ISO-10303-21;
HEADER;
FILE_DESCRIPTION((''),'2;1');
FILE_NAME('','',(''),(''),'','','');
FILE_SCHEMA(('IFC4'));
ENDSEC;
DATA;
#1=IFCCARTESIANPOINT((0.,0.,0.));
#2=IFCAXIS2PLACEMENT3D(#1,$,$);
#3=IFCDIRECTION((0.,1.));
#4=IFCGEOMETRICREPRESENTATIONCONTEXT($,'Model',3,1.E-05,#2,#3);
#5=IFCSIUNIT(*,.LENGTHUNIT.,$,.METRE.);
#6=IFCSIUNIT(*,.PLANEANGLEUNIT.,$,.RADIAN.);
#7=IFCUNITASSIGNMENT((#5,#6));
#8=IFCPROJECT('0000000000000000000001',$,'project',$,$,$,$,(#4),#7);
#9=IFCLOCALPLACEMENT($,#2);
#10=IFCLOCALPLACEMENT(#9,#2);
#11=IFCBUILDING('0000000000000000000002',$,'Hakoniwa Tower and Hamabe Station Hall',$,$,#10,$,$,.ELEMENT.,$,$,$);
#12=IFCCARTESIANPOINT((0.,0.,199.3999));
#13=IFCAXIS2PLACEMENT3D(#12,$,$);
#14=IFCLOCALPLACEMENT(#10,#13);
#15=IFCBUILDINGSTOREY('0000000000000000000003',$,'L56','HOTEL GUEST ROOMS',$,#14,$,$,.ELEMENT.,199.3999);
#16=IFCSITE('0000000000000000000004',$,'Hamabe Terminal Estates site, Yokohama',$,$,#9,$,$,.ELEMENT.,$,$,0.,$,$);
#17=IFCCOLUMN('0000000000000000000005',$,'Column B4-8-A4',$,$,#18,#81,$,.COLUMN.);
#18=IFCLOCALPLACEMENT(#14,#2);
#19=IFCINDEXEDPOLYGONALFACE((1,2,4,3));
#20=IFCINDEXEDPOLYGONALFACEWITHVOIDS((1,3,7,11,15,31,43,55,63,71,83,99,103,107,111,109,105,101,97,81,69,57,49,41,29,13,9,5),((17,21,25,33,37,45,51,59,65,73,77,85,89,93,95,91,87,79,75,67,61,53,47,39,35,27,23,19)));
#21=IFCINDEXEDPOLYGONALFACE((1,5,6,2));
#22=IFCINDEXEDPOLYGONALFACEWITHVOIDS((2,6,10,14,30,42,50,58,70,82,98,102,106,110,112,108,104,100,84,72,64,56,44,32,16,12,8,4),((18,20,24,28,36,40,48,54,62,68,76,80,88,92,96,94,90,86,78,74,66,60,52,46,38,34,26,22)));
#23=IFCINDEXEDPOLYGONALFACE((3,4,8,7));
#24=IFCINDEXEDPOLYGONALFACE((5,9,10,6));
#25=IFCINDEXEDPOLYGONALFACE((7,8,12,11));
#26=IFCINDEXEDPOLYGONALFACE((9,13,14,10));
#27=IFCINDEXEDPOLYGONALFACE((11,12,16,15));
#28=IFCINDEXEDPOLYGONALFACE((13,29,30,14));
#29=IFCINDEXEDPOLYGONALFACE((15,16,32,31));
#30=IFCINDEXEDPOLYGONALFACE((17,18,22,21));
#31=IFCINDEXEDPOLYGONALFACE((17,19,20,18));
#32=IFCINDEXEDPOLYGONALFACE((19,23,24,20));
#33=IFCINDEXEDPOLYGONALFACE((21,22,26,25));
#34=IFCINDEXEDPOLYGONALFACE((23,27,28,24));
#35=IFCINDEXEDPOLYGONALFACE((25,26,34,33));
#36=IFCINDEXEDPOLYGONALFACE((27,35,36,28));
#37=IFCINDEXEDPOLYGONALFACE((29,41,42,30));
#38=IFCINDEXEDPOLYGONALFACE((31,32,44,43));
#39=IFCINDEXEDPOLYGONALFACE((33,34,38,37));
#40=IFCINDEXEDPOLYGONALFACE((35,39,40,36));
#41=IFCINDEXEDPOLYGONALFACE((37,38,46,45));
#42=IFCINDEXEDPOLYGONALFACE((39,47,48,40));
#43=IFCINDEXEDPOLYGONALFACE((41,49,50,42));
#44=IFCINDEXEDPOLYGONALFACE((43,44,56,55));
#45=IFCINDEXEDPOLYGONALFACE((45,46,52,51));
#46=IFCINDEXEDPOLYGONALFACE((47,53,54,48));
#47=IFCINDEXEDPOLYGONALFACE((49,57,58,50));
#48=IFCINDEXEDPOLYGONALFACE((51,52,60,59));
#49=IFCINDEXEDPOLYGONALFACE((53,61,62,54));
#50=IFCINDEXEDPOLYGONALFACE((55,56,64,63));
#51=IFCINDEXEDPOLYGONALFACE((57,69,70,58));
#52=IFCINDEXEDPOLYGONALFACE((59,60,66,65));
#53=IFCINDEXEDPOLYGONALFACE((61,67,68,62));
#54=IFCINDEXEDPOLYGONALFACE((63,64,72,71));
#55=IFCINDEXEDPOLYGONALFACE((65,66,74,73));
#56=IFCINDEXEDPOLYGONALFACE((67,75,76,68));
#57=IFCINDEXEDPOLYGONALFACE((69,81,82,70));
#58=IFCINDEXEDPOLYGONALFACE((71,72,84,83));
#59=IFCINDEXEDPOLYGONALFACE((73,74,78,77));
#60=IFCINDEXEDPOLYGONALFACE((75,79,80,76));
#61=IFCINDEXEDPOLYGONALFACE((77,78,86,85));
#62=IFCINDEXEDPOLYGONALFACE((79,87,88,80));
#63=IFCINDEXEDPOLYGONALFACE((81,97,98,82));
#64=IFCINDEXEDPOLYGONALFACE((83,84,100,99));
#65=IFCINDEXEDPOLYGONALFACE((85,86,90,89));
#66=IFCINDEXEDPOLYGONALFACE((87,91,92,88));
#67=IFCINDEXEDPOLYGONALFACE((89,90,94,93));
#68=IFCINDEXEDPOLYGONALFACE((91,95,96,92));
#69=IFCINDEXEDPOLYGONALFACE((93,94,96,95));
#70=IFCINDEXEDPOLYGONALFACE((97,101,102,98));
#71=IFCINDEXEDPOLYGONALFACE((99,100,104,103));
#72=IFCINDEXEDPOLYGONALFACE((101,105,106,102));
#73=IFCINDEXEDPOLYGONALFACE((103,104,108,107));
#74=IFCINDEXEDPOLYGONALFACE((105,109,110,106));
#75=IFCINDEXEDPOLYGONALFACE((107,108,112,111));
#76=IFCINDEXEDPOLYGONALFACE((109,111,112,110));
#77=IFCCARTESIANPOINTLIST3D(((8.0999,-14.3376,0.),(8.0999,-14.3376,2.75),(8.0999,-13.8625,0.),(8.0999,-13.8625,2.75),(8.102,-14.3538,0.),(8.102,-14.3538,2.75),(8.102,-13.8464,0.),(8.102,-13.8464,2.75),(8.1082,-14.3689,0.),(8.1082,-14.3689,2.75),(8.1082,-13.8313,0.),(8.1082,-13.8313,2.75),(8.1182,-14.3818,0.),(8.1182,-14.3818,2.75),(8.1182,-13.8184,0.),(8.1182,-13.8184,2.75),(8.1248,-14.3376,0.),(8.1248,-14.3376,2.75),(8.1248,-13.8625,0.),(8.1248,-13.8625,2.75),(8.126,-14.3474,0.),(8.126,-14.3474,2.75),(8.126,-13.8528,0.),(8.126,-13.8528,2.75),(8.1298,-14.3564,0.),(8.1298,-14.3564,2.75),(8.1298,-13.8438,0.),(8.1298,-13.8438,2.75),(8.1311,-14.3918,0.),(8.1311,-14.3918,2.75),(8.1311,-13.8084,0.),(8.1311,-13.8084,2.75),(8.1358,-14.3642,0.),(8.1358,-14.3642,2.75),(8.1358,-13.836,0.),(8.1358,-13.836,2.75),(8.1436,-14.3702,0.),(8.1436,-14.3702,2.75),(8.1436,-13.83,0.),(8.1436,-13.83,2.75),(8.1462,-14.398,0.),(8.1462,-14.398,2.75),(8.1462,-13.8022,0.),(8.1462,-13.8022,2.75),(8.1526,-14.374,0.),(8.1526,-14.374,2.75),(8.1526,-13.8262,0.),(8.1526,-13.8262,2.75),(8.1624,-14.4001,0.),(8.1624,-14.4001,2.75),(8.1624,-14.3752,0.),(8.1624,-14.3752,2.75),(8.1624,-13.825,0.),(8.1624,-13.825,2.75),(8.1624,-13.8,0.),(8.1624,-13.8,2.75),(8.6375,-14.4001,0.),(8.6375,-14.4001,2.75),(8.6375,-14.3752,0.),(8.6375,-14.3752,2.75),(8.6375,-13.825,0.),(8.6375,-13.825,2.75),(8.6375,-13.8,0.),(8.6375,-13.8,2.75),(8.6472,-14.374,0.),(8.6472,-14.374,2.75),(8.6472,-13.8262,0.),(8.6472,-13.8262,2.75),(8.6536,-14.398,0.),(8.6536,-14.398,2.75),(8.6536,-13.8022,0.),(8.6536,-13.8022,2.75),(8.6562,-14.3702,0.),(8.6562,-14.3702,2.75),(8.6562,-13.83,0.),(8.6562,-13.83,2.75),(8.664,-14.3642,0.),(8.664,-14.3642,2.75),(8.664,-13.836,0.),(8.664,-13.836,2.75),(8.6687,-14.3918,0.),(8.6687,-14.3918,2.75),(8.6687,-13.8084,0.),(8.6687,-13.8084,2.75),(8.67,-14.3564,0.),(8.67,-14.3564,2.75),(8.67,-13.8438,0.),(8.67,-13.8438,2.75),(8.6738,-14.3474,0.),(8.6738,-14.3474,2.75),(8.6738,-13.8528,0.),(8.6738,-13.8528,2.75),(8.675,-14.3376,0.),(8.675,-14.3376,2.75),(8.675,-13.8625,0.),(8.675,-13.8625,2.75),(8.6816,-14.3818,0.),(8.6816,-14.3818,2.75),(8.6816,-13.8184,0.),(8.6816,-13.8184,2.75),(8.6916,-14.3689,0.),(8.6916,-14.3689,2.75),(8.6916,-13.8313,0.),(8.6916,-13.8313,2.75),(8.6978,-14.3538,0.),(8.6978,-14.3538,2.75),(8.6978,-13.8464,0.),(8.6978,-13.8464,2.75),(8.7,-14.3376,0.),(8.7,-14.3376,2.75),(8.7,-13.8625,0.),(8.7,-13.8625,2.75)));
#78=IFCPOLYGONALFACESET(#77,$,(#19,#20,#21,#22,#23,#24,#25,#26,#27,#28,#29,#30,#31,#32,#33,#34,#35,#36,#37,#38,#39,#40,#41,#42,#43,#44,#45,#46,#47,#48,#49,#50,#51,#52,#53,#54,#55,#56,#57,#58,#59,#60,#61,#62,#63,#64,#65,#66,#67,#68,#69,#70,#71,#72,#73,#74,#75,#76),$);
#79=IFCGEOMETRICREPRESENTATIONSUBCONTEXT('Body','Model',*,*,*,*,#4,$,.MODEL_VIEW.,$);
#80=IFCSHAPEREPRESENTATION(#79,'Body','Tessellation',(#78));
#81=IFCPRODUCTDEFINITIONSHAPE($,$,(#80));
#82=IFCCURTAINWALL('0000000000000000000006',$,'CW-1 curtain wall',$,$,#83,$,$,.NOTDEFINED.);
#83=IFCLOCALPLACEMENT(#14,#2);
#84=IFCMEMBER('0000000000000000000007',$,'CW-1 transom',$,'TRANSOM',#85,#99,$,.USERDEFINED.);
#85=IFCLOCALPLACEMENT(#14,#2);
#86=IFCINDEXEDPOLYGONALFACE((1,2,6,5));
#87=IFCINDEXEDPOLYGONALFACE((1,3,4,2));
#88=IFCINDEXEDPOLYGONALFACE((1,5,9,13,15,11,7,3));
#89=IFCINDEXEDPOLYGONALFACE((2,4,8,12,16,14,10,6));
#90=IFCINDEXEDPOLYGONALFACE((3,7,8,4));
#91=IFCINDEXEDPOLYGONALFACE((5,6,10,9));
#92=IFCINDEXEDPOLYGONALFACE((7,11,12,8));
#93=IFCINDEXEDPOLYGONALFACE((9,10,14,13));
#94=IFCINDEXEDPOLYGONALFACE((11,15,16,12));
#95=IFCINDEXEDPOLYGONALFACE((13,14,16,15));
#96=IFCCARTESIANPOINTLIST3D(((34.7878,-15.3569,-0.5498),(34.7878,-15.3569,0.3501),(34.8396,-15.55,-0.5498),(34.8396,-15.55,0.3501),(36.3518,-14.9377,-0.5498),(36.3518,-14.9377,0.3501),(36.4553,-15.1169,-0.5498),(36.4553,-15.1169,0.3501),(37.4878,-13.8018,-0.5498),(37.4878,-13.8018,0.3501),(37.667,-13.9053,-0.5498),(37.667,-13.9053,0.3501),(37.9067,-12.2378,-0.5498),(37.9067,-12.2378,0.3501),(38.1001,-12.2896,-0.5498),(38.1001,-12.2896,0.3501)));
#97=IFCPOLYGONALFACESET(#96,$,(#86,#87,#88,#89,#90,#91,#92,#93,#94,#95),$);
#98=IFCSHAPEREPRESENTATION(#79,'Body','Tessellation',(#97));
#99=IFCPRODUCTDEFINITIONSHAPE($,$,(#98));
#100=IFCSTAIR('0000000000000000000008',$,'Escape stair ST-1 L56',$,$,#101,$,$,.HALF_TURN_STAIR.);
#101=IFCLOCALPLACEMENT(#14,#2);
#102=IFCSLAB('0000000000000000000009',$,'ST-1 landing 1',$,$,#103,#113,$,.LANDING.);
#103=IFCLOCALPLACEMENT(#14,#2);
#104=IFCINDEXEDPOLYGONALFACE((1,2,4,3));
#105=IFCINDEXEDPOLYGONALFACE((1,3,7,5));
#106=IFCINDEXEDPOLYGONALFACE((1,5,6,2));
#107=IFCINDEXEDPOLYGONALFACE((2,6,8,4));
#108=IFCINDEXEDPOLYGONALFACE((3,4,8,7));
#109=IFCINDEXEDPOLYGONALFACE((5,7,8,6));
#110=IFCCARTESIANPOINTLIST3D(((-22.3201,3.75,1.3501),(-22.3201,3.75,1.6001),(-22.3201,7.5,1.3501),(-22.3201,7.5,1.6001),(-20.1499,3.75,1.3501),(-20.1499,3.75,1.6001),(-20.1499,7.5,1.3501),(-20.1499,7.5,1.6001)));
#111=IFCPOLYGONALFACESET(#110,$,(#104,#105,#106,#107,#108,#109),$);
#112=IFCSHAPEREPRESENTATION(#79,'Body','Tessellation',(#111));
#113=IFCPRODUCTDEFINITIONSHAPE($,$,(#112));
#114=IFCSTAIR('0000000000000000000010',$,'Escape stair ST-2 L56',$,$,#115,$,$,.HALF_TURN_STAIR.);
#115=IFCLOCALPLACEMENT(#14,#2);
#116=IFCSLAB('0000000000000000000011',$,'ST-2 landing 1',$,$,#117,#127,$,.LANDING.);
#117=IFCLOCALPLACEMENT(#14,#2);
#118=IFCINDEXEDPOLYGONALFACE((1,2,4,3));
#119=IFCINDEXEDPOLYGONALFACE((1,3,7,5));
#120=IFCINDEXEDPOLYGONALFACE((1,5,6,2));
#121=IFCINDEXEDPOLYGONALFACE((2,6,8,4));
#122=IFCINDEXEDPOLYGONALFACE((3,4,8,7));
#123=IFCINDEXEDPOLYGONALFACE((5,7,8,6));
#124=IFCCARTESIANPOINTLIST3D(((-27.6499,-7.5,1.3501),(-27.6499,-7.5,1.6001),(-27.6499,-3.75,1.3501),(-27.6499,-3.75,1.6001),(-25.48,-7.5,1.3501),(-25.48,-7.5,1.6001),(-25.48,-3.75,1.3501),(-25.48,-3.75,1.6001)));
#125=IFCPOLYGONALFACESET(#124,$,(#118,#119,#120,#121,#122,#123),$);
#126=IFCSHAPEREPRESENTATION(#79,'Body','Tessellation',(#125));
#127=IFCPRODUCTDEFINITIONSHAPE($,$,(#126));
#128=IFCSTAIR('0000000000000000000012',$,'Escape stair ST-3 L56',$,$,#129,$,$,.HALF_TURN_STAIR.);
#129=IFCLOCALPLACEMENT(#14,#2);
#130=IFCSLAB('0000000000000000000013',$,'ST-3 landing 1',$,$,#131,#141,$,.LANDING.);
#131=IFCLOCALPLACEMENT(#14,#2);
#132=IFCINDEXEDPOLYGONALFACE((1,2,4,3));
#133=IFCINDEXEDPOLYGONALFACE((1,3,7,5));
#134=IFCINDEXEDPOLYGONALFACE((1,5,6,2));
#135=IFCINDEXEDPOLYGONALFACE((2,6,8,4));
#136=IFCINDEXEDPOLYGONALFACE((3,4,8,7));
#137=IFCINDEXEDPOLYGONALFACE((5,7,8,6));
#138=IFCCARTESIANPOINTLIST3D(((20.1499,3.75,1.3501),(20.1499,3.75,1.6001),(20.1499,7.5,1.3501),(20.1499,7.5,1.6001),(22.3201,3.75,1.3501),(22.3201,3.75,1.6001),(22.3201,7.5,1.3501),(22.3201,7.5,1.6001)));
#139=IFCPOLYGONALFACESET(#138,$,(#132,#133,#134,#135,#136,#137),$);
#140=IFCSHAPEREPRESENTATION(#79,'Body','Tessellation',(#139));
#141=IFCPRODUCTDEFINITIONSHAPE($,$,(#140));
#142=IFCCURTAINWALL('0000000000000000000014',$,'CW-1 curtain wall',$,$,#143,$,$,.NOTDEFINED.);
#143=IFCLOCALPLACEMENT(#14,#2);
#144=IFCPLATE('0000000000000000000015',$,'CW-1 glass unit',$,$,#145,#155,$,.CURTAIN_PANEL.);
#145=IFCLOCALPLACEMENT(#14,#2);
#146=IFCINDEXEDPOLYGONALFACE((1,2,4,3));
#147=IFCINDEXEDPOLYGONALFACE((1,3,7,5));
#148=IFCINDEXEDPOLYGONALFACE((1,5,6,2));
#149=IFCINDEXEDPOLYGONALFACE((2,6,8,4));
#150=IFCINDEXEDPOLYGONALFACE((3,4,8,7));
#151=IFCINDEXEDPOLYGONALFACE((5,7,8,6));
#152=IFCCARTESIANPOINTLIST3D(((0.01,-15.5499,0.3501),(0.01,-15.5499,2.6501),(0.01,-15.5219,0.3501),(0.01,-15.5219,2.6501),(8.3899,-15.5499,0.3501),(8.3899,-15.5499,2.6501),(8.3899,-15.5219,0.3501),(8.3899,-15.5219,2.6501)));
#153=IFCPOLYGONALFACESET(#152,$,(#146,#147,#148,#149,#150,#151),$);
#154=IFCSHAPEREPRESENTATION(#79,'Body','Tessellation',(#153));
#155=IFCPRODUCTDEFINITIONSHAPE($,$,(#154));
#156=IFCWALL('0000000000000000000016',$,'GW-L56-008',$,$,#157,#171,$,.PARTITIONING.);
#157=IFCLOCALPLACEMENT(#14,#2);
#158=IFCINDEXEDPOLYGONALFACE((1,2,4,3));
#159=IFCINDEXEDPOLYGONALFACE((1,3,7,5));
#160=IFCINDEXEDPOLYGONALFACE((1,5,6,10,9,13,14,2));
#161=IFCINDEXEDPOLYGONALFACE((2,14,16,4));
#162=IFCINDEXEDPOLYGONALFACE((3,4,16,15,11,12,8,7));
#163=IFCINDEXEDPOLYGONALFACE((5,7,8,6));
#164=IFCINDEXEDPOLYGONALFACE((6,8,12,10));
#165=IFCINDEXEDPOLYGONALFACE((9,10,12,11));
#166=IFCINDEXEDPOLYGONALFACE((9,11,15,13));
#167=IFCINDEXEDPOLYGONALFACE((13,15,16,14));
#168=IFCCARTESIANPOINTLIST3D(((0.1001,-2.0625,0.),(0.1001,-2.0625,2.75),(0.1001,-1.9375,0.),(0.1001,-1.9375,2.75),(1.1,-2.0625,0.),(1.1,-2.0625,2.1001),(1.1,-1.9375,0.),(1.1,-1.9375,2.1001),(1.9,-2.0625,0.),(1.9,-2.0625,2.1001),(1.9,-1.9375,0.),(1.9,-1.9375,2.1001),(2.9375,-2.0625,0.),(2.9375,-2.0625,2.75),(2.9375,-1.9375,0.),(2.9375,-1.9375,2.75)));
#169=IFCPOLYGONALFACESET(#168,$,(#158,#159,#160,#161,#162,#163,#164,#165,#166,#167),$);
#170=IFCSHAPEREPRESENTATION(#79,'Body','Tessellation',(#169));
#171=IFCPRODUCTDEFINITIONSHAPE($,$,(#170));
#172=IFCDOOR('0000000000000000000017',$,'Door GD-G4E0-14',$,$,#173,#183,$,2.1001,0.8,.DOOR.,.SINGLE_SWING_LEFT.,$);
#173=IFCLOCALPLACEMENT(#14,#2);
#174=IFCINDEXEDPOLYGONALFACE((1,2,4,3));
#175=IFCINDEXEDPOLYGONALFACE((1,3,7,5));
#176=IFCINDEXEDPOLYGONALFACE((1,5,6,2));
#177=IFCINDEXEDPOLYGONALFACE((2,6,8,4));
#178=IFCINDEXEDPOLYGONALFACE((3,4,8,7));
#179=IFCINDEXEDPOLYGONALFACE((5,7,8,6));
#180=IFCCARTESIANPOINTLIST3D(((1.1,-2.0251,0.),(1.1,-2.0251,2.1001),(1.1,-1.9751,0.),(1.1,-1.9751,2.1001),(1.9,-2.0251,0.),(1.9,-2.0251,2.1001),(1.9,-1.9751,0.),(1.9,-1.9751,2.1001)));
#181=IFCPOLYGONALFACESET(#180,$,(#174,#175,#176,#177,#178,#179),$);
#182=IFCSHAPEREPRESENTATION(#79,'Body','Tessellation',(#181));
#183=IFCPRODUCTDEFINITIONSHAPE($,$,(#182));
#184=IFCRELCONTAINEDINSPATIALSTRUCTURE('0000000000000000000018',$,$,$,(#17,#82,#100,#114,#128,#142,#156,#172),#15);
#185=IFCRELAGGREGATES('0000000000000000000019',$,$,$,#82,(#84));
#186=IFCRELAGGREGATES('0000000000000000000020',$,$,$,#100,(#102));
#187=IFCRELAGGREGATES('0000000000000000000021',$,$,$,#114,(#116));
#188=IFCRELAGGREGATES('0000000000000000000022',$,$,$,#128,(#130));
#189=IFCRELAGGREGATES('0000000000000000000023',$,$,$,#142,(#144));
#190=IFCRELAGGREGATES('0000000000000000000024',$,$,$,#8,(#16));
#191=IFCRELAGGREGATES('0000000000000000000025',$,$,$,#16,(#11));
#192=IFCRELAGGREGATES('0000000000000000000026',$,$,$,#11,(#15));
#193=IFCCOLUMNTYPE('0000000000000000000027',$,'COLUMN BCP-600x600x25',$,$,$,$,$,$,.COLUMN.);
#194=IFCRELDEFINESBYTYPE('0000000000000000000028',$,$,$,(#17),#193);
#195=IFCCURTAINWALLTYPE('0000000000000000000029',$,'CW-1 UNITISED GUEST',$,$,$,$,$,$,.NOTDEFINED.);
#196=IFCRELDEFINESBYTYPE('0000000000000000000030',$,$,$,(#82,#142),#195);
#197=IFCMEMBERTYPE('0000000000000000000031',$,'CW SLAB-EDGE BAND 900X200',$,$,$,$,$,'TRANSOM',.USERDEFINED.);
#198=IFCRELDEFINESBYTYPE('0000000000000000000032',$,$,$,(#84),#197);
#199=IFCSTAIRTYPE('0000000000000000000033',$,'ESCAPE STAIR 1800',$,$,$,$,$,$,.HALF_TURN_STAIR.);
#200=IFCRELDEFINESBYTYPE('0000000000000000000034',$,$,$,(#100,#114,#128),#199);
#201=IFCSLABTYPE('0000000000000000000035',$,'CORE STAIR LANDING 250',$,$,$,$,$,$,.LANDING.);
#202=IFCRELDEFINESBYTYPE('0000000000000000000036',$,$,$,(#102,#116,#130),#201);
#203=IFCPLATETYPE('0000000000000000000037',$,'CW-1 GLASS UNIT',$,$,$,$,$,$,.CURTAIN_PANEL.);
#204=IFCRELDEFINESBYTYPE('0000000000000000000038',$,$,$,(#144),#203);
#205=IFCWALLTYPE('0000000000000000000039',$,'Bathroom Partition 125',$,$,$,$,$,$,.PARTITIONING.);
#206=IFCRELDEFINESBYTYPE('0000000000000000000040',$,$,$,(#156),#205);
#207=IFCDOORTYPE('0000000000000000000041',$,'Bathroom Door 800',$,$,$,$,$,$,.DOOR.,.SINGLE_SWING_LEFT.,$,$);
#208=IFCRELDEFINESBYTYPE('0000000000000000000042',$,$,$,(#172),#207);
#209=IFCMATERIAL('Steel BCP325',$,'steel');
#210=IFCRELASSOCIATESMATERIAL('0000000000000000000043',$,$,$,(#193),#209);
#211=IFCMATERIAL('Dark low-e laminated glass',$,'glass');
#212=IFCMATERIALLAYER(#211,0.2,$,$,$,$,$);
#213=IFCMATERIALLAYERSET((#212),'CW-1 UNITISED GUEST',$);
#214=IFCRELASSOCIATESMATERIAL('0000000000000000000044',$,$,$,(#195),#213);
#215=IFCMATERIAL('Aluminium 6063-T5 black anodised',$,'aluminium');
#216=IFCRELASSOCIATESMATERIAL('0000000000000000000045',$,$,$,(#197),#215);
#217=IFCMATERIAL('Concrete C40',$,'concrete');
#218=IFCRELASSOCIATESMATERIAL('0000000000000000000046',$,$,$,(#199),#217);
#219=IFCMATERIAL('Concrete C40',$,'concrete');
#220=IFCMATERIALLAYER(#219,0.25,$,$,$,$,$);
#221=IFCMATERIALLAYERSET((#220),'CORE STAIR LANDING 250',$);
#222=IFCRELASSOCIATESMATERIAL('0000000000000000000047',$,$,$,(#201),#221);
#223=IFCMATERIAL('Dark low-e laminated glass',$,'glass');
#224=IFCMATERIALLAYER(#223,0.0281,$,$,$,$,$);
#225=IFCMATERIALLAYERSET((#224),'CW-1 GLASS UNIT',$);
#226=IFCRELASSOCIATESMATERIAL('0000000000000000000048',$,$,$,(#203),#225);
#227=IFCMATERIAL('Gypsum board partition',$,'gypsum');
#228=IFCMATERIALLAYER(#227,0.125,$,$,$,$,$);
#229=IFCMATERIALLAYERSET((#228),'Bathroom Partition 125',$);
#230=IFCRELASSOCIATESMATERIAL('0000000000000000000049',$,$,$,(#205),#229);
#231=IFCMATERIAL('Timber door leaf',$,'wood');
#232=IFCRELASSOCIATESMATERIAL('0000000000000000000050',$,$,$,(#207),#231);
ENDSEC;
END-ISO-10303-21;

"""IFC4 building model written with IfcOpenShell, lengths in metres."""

from ifc_helpers import new_model, si_unit, direction, frame, frame_2d, origin, origin_2d, place, context, subcontext, project, spatial, polyline, rectangle, hollow_rectangle, outline, extrude, material, layer, layer_set, material_profile, profile_set, type_object, element, fill, aggregate, save


model = new_model("IFC4")

# Units and contexts
model_context = context("Model", 3, precision=1e-05, world=origin(), true_north=direction((0.0, 1.0)))
body_context = subcontext(model_context, "Body", "Model", "MODEL_VIEW")
ifc_project = project(units=[si_unit("LENGTHUNIT", "METRE"), si_unit("PLANEANGLEUNIT", "RADIAN")], contexts=[model_context])

# Site, building, storey
site_placement = place(None, origin())
site = spatial("IfcSite", under=ifc_project, at=site_placement, Name="Hamabe Terminal Estates site, Yokohama", CompositionType="ELEMENT", RefElevation=0.0)
building_placement = place(site_placement, origin())
building = spatial("IfcBuilding", under=site, at=building_placement, Name="Hakoniwa Tower and Hamabe Station Hall", CompositionType="ELEMENT")
storey_placement = place(building_placement, frame((0.0, 0.0, 199.3999)))
storey = spatial("IfcBuildingStorey", under=building, at=storey_placement, Name="L56", Description="HOTEL GUEST ROOMS", CompositionType="ELEMENT", Elevation=199.3999)

# Column
ifc_material_1 = material(Name="Steel BCP325", Category="steel")
ifc_material_profile_1 = material_profile(ifc_material_1, hollow_rectangle(XDim=0.6001, YDim=0.6001, WallThickness=0.0249, InnerFilletRadius=0.0376, OuterFilletRadius=0.0625, at=origin_2d()), Name="BCP-600x600x25")
ifc_profile_set_1 = profile_set([ifc_material_profile_1], Name="Steel BCP325")
column_type = type_object("IfcColumnType", Name="COLUMN BCP-600x600x25", PredefinedType="COLUMN", material=ifc_profile_set_1)
column_placement = place(storey_placement, frame((8.3999, -14.1001, 0.0), z_axis=(0.0, 0.0, 1.0), x_axis=(1.0, 0.0, 0.0)))
element("IfcColumn", 1, at=column_placement, inside=storey, type_object=column_type, Name="Column B4-8-A4", PredefinedType="COLUMN", context=body_context, shape_type="SweptSolid", body=[
    extrude(hollow_rectangle(XDim=0.6001, YDim=0.6001, WallThickness=0.0249, InnerFilletRadius=0.0376, OuterFilletRadius=0.0625, at=origin_2d()), origin(), (0.0, 0.0, 1.0), 2.75),
])

# Curtain wall, member
ifc_material_2 = material(Name="Dark low-e laminated glass", Category="glass")
ifc_layer_1 = layer(ifc_material_2, 0.2)
ifc_layer_set_1 = layer_set([ifc_layer_1], Name="CW-1 UNITISED GUEST")
curtain_wall_type = type_object("IfcCurtainWallType", Name="CW-1 UNITISED GUEST", PredefinedType="NOTDEFINED", material=ifc_layer_set_1)
curtain_wall_1_placement = place(storey_placement, origin())
curtain_wall_1 = element("IfcCurtainWall", 2, at=curtain_wall_1_placement, inside=storey, type_object=curtain_wall_type, Name="CW-1 curtain wall", PredefinedType="NOTDEFINED")
ifc_material_3 = material(Name="Aluminium 6063-T5 black anodised", Category="aluminium")
ifc_material_profile_2 = material_profile(ifc_material_3, rectangle(XDim=0.2, YDim=0.8999, at=origin_2d()), Name="CW SLAB-EDGE BAND 900X200")
ifc_profile_set_2 = profile_set([ifc_material_profile_2], Name="Aluminium 6063-T5 black anodised")
member_type = type_object("IfcMemberType", Name="CW SLAB-EDGE BAND 900X200", ElementType="TRANSOM", PredefinedType="USERDEFINED", material=ifc_profile_set_2)
member_placement = place(storey_placement, frame((0.0, 0.0, -0.5498)))
member = element("IfcMember", 3, at=member_placement, type_object=member_type, Name="CW-1 transom", ObjectType="TRANSOM", PredefinedType="USERDEFINED", context=body_context, shape_type="SweptSolid", body=[
    extrude(outline(polyline([(34.8396, -15.55), (36.4553, -15.1169), (37.667, -13.9053), (38.1001, -12.2896), (37.9067, -12.2378), (37.4878, -13.8018), (36.3518, -14.9377), (34.7878, -15.3569), (34.8396, -15.55)])), origin(), (0.0, 0.0, 1.0), 0.8999),
])
aggregate(curtain_wall_1, [member])

# Stairs, slabs
ifc_material_4 = material(Name="Concrete C40", Category="concrete")
stair_type = type_object("IfcStairType", Name="ESCAPE STAIR 1800", PredefinedType="HALF_TURN_STAIR", material=ifc_material_4)
stair_1_placement = place(storey_placement, origin())
stair_1 = element("IfcStair", 4, at=stair_1_placement, inside=storey, type_object=stair_type, Name="Escape stair ST-1 L56", PredefinedType="HALF_TURN_STAIR")
ifc_material_5 = material(Name="Concrete C40", Category="concrete")
ifc_layer_2 = layer(ifc_material_5, 0.25)
ifc_layer_set_2 = layer_set([ifc_layer_2], Name="CORE STAIR LANDING 250")
slab_type = type_object("IfcSlabType", Name="CORE STAIR LANDING 250", PredefinedType="LANDING", material=ifc_layer_set_2)
slab_1_placement = place(storey_placement, frame((0.0, 0.0, 1.3501)))
slab_1 = element("IfcSlab", 5, at=slab_1_placement, type_object=slab_type, Name="ST-1 landing 1", PredefinedType="LANDING", context=body_context, shape_type="SweptSolid", body=[
    extrude(outline(polyline([(-22.3201, 3.75), (-20.1499, 3.75), (-20.1499, 7.5), (-22.3201, 7.5), (-22.3201, 3.75)])), origin(), (0.0, 0.0, 1.0), 0.25),
])
aggregate(stair_1, [slab_1])
stair_2_placement = place(storey_placement, origin())
stair_2 = element("IfcStair", 6, at=stair_2_placement, inside=storey, type_object=stair_type, Name="Escape stair ST-2 L56", PredefinedType="HALF_TURN_STAIR")
slab_2_placement = place(storey_placement, frame((0.0, 0.0, 1.3501)))
slab_2 = element("IfcSlab", 7, at=slab_2_placement, type_object=slab_type, Name="ST-2 landing 1", PredefinedType="LANDING", context=body_context, shape_type="SweptSolid", body=[
    extrude(outline(polyline([(-25.48, -7.5), (-27.6499, -7.5), (-27.6499, -3.75), (-25.48, -3.75), (-25.48, -7.5)])), origin(), (0.0, 0.0, 1.0), 0.25),
])
aggregate(stair_2, [slab_2])
stair_3_placement = place(storey_placement, origin())
stair_3 = element("IfcStair", 8, at=stair_3_placement, inside=storey, type_object=stair_type, Name="Escape stair ST-3 L56", PredefinedType="HALF_TURN_STAIR")
slab_3_placement = place(storey_placement, frame((0.0, 0.0, 1.3501)))
slab_3 = element("IfcSlab", 9, at=slab_3_placement, type_object=slab_type, Name="ST-3 landing 1", PredefinedType="LANDING", context=body_context, shape_type="SweptSolid", body=[
    extrude(outline(polyline([(22.3201, 3.75), (20.1499, 3.75), (20.1499, 7.5), (22.3201, 7.5), (22.3201, 3.75)])), origin(), (0.0, 0.0, 1.0), 0.25),
])
aggregate(stair_3, [slab_3])

# Curtain wall, plate
curtain_wall_2_placement = place(storey_placement, origin())
curtain_wall_2 = element("IfcCurtainWall", 10, at=curtain_wall_2_placement, inside=storey, type_object=curtain_wall_type, Name="CW-1 curtain wall", PredefinedType="NOTDEFINED")
ifc_material_6 = material(Name="Dark low-e laminated glass", Category="glass")
ifc_layer_3 = layer(ifc_material_6, 0.0281)
ifc_layer_set_3 = layer_set([ifc_layer_3], Name="CW-1 GLASS UNIT")
plate_type = type_object("IfcPlateType", Name="CW-1 GLASS UNIT", PredefinedType="CURTAIN_PANEL", material=ifc_layer_set_3)
plate_placement = place(storey_placement, frame((4.2, -15.5359, 0.3501), z_axis=(0.0, 0.0, 1.0), x_axis=(1.0, 0.0, 0.0)))
plate = element("IfcPlate", 11, at=plate_placement, type_object=plate_type, Name="CW-1 glass unit", PredefinedType="CURTAIN_PANEL", context=body_context, shape_type="SweptSolid", body=[
    extrude(rectangle(XDim=8.3799, YDim=0.0281, at=origin_2d()), origin(), (0.0, 0.0, 1.0), 2.3),
])
aggregate(curtain_wall_2, [plate])

# Wall, opening, door
ifc_material_7 = material(Name="Gypsum board partition", Category="gypsum")
ifc_layer_4 = layer(ifc_material_7, 0.125)
ifc_layer_set_4 = layer_set([ifc_layer_4], Name="Bathroom Partition 125")
wall_type_1 = type_object("IfcWallType", Name="Bathroom Partition 125", PredefinedType="PARTITIONING", material=ifc_layer_set_4)
wall_1_placement = place(storey_placement, frame((0.1001, -2.0, 0.0), z_axis=(0.0, 0.0, 1.0), x_axis=(1.0, 0.0, 0.0)))
wall_1 = element("IfcWall", 12, at=wall_1_placement, inside=storey, type_object=wall_type_1, Name="GW-L56-008", PredefinedType="PARTITIONING", context=body_context, shape_type="SweptSolid", body=[
    extrude(rectangle(XDim=2.8374, YDim=0.125, at=frame_2d((1.4187, 0.0))), origin(), (0.0, 0.0, 1.0), 2.75),
])
opening_1_placement = place(wall_1_placement, frame((1.0, 0.0, 0.0)))
opening_1 = element("IfcOpeningElement", 13, at=opening_1_placement, cuts=wall_1, PredefinedType="OPENING", context=body_context, shape_type="SweptSolid", body=[
    extrude(rectangle(XDim=0.8, YDim=2.1001, at=frame_2d((0.3999, 1.05))), frame((0.0, 0.0725, 0.0), z_axis=(0.0, -1.0, 0.0), x_axis=(1.0, 0.0, 0.0)), (0.0, 0.0, 1.0), 0.145),
])
ifc_material_8 = material(Name="Timber door leaf", Category="wood")
door_type_1 = type_object("IfcDoorType", Name="Bathroom Door 800", OperationType="SINGLE_SWING_LEFT", PredefinedType="DOOR", material=ifc_material_8)
door_1_placement = place(opening_1_placement, origin())
door_1 = element("IfcDoor", 14, at=door_1_placement, inside=storey, type_object=door_type_1, Name="Door GD-G4E0-14", OperationType="SINGLE_SWING_LEFT", OverallHeight=2.1001, OverallWidth=0.8, PredefinedType="DOOR", context=body_context, shape_type="SweptSolid", body=[
    extrude(rectangle(XDim=0.8, YDim=2.1001, at=frame_2d((0.3999, 1.05))), frame((0.0, 0.0249, 0.0), z_axis=(0.0, -1.0, 0.0), x_axis=(1.0, 0.0, 0.0)), (0.0, 0.0, 1.0), 0.05),
])
fill(opening_1, door_1)

save(model, "model.ifc")
